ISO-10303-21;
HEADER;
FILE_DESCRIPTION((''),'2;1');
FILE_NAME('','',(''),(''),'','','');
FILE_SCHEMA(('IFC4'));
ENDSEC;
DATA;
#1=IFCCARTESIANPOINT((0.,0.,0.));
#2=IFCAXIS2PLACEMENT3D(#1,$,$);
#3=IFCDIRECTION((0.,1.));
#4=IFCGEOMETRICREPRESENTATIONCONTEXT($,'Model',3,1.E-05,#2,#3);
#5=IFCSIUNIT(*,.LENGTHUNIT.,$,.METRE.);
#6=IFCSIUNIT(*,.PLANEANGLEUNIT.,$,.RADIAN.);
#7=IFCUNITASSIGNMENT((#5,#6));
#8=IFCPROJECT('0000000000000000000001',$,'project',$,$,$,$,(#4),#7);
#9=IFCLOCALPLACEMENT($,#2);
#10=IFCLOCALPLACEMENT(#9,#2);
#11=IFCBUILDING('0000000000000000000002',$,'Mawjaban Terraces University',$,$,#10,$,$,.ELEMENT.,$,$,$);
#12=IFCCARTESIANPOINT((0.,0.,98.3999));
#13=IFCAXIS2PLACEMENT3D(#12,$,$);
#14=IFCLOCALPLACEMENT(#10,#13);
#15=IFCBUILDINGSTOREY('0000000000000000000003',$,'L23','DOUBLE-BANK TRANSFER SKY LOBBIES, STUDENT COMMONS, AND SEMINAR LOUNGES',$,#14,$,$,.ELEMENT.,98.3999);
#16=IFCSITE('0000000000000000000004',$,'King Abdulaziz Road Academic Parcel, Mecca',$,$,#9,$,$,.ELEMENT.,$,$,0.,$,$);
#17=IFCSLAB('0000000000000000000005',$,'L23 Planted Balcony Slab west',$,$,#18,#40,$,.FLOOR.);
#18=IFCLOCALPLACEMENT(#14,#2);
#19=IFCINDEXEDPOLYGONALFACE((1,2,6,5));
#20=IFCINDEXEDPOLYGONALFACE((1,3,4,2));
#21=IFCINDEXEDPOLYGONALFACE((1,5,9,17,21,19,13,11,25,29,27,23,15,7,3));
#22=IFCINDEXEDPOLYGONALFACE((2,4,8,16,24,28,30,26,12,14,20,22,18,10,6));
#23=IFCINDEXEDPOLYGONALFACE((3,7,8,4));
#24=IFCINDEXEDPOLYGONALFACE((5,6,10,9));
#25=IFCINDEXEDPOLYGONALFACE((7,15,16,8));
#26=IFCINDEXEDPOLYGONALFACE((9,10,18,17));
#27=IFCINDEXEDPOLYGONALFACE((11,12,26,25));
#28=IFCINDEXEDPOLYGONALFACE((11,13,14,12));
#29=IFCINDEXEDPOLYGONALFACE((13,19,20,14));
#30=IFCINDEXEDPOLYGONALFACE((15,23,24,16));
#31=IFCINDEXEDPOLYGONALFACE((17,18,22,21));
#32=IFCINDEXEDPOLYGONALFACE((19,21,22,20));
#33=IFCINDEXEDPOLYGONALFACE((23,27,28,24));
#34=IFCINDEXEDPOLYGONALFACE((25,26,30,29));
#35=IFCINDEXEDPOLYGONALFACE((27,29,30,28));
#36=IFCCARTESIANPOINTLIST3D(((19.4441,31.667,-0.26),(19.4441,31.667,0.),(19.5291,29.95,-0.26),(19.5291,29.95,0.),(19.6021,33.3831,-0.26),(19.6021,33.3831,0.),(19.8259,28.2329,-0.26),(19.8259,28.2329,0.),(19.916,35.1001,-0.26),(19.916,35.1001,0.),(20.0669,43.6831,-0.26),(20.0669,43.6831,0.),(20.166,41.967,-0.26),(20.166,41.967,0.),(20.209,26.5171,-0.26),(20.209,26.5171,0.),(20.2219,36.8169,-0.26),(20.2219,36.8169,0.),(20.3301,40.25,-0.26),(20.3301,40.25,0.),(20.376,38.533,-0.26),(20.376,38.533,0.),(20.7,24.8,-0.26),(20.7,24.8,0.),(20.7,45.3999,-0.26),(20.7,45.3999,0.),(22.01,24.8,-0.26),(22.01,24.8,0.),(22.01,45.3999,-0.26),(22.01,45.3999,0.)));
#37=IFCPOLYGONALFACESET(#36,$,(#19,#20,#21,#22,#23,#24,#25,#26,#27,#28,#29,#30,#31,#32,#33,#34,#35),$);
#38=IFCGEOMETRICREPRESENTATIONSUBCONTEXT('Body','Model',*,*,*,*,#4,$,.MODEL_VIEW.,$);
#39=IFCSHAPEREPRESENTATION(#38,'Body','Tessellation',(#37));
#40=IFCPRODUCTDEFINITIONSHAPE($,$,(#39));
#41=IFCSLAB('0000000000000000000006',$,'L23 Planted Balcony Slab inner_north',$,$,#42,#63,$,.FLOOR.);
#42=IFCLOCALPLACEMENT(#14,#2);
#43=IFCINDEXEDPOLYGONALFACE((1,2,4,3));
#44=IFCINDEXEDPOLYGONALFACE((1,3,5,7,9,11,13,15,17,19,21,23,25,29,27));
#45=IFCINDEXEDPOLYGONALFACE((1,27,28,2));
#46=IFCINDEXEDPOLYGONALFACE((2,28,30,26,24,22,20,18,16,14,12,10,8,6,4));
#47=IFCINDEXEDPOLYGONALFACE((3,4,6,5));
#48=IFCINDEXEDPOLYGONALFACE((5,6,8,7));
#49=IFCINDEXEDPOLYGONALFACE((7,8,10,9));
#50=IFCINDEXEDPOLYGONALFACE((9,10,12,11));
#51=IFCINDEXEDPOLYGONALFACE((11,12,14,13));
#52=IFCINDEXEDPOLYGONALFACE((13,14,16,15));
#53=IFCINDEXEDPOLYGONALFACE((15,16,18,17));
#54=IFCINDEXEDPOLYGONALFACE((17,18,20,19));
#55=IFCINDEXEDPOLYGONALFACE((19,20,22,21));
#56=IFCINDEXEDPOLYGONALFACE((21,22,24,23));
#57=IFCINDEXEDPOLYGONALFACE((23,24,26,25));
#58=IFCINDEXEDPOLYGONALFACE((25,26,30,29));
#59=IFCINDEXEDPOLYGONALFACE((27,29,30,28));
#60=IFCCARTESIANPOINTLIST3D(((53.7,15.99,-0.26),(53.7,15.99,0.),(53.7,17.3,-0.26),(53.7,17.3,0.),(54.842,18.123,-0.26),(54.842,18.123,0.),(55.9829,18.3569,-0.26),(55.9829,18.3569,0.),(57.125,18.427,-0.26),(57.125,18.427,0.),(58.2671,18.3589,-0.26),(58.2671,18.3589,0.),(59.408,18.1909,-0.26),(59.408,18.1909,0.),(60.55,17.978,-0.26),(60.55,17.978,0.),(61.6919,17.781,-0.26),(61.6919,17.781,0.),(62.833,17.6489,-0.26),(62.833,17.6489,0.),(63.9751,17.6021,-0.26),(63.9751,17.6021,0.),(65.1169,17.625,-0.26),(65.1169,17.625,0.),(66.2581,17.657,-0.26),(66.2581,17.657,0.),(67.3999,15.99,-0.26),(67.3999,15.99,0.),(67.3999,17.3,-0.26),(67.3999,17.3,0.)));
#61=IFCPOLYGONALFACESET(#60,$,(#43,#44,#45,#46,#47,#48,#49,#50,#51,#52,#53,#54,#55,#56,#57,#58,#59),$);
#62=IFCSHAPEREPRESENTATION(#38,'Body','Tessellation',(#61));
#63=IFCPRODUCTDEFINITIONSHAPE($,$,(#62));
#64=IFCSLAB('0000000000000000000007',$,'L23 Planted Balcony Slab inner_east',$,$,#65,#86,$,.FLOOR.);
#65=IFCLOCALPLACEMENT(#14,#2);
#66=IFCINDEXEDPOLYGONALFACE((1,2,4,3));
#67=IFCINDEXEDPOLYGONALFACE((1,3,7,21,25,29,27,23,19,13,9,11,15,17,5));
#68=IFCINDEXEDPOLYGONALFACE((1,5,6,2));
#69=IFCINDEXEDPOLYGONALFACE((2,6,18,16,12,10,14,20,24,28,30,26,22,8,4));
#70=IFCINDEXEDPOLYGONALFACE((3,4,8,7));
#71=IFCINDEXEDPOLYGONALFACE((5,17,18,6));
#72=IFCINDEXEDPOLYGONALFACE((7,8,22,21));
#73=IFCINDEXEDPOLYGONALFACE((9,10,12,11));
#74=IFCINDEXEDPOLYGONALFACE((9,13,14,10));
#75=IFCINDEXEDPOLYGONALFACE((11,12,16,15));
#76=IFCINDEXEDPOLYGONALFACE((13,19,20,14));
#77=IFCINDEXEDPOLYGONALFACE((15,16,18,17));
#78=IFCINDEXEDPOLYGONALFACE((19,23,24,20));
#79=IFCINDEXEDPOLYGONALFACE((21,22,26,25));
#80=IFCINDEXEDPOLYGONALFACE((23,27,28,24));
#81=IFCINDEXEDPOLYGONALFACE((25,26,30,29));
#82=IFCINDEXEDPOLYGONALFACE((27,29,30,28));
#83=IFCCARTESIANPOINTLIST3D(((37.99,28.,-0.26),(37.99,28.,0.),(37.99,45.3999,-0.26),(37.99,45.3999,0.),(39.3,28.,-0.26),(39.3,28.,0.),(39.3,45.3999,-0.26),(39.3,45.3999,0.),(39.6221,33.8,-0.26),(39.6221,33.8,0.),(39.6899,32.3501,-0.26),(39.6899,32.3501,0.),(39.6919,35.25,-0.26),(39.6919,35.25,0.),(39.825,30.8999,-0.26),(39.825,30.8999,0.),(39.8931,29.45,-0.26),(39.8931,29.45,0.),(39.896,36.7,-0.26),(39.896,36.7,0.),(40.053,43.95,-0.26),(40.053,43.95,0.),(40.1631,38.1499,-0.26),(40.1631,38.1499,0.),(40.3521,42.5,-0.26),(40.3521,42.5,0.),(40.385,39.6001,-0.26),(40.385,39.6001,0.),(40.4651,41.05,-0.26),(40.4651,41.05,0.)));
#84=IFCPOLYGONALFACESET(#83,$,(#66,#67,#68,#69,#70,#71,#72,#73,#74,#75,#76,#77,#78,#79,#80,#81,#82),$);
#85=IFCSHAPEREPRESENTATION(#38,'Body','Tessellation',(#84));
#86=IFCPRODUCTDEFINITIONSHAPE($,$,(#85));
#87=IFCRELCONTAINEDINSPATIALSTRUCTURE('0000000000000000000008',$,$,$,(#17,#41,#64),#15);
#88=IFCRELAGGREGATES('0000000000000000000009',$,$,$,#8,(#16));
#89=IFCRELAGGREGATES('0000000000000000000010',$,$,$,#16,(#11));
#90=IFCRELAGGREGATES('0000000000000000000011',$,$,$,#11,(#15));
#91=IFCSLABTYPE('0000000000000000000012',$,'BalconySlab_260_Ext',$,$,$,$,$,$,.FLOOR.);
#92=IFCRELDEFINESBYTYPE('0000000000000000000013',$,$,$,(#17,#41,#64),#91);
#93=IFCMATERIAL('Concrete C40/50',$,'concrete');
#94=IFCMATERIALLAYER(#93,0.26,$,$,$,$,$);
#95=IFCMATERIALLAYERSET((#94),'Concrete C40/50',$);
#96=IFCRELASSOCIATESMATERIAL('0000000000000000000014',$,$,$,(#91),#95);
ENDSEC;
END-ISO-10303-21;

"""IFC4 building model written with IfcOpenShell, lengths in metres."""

from ifc_helpers import new_model, si_unit, direction, frame, origin, place, context, subcontext, project, spatial, polyline, outline, extrude, material, layer, layer_set, type_object, element, save


model = new_model("IFC4")

# Units and contexts
model_context = context("Model", 3, precision=1e-05, world=origin(), true_north=direction((0.0, 1.0)))
body_context = subcontext(model_context, "Body", "Model", "MODEL_VIEW")
ifc_project = project(units=[si_unit("LENGTHUNIT", "METRE"), si_unit("PLANEANGLEUNIT", "RADIAN")], contexts=[model_context])

# Site, building, storey
site_placement = place(None, origin())
site = spatial("IfcSite", under=ifc_project, at=site_placement, Name="King Abdulaziz Road Academic Parcel, Mecca", CompositionType="ELEMENT", RefElevation=0.0)
building_placement = place(site_placement, origin())
building = spatial("IfcBuilding", under=site, at=building_placement, Name="Mawjaban Terraces University", CompositionType="ELEMENT")
storey_placement = place(building_placement, frame((0.0, 0.0, 98.3999)))
storey = spatial("IfcBuildingStorey", under=building, at=storey_placement, Name="L23", Description="DOUBLE-BANK TRANSFER SKY LOBBIES, STUDENT COMMONS, AND SEMINAR LOUNGES", CompositionType="ELEMENT", Elevation=98.3999)

# Slabs
ifc_material_1 = material(Name="Concrete C40/50", Category="concrete")
ifc_layer_1 = layer(ifc_material_1, 0.26)
ifc_layer_set_1 = layer_set([ifc_layer_1], Name="Concrete C40/50")
slab_type_1 = type_object("IfcSlabType", Name="BalconySlab_260_Ext", PredefinedType="FLOOR", material=ifc_layer_set_1)
slab_1_placement = place(storey_placement, frame((0.0, 0.0, -0.26)))
element("IfcSlab", 1, at=slab_1_placement, inside=storey, type_object=slab_type_1, Name="L23 Planted Balcony Slab west", PredefinedType="FLOOR", context=body_context, shape_type="SweptSolid", body=[
    extrude(outline(polyline([(22.01, 24.8), (22.01, 45.3999), (20.7, 45.3999), (20.0669, 43.6831), (20.166, 41.967), (20.3301, 40.25), (20.376, 38.533), (20.2219, 36.8169), (19.916, 35.1001), (19.6021, 33.3831), (19.4441, 31.667), (19.5291, 29.95), (19.8259, 28.2329), (20.209, 26.5171), (20.7, 24.8), (22.01, 24.8)])), origin(), (0.0, 0.0, 1.0), 0.26),
])
slab_2_placement = place(storey_placement, frame((0.0, 0.0, -0.26)))
element("IfcSlab", 2, at=slab_2_placement, inside=storey, type_object=slab_type_1, Name="L23 Planted Balcony Slab inner_north", PredefinedType="FLOOR", context=body_context, shape_type="SweptSolid", body=[
    extrude(outline(polyline([(53.7, 15.99), (67.3999, 15.99), (67.3999, 17.3), (66.2581, 17.657), (65.1169, 17.625), (63.9751, 17.6021), (62.833, 17.6489), (61.6919, 17.781), (60.55, 17.978), (59.408, 18.1909), (58.2671, 18.3589), (57.125, 18.427), (55.9829, 18.3569), (54.842, 18.123), (53.7, 17.3), (53.7, 15.99)])), origin(), (0.0, 0.0, 1.0), 0.26),
])
slab_3_placement = place(storey_placement, frame((0.0, 0.0, -0.26)))
element("IfcSlab", 3, at=slab_3_placement, inside=storey, type_object=slab_type_1, Name="L23 Planted Balcony Slab inner_east", PredefinedType="FLOOR", context=body_context, shape_type="SweptSolid", body=[
    extrude(outline(polyline([(39.3, 28.0), (39.8931, 29.45), (39.825, 30.8999), (39.6899, 32.3501), (39.6221, 33.8), (39.6919, 35.25), (39.896, 36.7), (40.1631, 38.1499), (40.385, 39.6001), (40.4651, 41.05), (40.3521, 42.5), (40.053, 43.95), (39.3, 45.3999), (37.99, 45.3999), (37.99, 28.0), (39.3, 28.0)])), origin(), (0.0, 0.0, 1.0), 0.26),
])

save(model, "model.ifc")
